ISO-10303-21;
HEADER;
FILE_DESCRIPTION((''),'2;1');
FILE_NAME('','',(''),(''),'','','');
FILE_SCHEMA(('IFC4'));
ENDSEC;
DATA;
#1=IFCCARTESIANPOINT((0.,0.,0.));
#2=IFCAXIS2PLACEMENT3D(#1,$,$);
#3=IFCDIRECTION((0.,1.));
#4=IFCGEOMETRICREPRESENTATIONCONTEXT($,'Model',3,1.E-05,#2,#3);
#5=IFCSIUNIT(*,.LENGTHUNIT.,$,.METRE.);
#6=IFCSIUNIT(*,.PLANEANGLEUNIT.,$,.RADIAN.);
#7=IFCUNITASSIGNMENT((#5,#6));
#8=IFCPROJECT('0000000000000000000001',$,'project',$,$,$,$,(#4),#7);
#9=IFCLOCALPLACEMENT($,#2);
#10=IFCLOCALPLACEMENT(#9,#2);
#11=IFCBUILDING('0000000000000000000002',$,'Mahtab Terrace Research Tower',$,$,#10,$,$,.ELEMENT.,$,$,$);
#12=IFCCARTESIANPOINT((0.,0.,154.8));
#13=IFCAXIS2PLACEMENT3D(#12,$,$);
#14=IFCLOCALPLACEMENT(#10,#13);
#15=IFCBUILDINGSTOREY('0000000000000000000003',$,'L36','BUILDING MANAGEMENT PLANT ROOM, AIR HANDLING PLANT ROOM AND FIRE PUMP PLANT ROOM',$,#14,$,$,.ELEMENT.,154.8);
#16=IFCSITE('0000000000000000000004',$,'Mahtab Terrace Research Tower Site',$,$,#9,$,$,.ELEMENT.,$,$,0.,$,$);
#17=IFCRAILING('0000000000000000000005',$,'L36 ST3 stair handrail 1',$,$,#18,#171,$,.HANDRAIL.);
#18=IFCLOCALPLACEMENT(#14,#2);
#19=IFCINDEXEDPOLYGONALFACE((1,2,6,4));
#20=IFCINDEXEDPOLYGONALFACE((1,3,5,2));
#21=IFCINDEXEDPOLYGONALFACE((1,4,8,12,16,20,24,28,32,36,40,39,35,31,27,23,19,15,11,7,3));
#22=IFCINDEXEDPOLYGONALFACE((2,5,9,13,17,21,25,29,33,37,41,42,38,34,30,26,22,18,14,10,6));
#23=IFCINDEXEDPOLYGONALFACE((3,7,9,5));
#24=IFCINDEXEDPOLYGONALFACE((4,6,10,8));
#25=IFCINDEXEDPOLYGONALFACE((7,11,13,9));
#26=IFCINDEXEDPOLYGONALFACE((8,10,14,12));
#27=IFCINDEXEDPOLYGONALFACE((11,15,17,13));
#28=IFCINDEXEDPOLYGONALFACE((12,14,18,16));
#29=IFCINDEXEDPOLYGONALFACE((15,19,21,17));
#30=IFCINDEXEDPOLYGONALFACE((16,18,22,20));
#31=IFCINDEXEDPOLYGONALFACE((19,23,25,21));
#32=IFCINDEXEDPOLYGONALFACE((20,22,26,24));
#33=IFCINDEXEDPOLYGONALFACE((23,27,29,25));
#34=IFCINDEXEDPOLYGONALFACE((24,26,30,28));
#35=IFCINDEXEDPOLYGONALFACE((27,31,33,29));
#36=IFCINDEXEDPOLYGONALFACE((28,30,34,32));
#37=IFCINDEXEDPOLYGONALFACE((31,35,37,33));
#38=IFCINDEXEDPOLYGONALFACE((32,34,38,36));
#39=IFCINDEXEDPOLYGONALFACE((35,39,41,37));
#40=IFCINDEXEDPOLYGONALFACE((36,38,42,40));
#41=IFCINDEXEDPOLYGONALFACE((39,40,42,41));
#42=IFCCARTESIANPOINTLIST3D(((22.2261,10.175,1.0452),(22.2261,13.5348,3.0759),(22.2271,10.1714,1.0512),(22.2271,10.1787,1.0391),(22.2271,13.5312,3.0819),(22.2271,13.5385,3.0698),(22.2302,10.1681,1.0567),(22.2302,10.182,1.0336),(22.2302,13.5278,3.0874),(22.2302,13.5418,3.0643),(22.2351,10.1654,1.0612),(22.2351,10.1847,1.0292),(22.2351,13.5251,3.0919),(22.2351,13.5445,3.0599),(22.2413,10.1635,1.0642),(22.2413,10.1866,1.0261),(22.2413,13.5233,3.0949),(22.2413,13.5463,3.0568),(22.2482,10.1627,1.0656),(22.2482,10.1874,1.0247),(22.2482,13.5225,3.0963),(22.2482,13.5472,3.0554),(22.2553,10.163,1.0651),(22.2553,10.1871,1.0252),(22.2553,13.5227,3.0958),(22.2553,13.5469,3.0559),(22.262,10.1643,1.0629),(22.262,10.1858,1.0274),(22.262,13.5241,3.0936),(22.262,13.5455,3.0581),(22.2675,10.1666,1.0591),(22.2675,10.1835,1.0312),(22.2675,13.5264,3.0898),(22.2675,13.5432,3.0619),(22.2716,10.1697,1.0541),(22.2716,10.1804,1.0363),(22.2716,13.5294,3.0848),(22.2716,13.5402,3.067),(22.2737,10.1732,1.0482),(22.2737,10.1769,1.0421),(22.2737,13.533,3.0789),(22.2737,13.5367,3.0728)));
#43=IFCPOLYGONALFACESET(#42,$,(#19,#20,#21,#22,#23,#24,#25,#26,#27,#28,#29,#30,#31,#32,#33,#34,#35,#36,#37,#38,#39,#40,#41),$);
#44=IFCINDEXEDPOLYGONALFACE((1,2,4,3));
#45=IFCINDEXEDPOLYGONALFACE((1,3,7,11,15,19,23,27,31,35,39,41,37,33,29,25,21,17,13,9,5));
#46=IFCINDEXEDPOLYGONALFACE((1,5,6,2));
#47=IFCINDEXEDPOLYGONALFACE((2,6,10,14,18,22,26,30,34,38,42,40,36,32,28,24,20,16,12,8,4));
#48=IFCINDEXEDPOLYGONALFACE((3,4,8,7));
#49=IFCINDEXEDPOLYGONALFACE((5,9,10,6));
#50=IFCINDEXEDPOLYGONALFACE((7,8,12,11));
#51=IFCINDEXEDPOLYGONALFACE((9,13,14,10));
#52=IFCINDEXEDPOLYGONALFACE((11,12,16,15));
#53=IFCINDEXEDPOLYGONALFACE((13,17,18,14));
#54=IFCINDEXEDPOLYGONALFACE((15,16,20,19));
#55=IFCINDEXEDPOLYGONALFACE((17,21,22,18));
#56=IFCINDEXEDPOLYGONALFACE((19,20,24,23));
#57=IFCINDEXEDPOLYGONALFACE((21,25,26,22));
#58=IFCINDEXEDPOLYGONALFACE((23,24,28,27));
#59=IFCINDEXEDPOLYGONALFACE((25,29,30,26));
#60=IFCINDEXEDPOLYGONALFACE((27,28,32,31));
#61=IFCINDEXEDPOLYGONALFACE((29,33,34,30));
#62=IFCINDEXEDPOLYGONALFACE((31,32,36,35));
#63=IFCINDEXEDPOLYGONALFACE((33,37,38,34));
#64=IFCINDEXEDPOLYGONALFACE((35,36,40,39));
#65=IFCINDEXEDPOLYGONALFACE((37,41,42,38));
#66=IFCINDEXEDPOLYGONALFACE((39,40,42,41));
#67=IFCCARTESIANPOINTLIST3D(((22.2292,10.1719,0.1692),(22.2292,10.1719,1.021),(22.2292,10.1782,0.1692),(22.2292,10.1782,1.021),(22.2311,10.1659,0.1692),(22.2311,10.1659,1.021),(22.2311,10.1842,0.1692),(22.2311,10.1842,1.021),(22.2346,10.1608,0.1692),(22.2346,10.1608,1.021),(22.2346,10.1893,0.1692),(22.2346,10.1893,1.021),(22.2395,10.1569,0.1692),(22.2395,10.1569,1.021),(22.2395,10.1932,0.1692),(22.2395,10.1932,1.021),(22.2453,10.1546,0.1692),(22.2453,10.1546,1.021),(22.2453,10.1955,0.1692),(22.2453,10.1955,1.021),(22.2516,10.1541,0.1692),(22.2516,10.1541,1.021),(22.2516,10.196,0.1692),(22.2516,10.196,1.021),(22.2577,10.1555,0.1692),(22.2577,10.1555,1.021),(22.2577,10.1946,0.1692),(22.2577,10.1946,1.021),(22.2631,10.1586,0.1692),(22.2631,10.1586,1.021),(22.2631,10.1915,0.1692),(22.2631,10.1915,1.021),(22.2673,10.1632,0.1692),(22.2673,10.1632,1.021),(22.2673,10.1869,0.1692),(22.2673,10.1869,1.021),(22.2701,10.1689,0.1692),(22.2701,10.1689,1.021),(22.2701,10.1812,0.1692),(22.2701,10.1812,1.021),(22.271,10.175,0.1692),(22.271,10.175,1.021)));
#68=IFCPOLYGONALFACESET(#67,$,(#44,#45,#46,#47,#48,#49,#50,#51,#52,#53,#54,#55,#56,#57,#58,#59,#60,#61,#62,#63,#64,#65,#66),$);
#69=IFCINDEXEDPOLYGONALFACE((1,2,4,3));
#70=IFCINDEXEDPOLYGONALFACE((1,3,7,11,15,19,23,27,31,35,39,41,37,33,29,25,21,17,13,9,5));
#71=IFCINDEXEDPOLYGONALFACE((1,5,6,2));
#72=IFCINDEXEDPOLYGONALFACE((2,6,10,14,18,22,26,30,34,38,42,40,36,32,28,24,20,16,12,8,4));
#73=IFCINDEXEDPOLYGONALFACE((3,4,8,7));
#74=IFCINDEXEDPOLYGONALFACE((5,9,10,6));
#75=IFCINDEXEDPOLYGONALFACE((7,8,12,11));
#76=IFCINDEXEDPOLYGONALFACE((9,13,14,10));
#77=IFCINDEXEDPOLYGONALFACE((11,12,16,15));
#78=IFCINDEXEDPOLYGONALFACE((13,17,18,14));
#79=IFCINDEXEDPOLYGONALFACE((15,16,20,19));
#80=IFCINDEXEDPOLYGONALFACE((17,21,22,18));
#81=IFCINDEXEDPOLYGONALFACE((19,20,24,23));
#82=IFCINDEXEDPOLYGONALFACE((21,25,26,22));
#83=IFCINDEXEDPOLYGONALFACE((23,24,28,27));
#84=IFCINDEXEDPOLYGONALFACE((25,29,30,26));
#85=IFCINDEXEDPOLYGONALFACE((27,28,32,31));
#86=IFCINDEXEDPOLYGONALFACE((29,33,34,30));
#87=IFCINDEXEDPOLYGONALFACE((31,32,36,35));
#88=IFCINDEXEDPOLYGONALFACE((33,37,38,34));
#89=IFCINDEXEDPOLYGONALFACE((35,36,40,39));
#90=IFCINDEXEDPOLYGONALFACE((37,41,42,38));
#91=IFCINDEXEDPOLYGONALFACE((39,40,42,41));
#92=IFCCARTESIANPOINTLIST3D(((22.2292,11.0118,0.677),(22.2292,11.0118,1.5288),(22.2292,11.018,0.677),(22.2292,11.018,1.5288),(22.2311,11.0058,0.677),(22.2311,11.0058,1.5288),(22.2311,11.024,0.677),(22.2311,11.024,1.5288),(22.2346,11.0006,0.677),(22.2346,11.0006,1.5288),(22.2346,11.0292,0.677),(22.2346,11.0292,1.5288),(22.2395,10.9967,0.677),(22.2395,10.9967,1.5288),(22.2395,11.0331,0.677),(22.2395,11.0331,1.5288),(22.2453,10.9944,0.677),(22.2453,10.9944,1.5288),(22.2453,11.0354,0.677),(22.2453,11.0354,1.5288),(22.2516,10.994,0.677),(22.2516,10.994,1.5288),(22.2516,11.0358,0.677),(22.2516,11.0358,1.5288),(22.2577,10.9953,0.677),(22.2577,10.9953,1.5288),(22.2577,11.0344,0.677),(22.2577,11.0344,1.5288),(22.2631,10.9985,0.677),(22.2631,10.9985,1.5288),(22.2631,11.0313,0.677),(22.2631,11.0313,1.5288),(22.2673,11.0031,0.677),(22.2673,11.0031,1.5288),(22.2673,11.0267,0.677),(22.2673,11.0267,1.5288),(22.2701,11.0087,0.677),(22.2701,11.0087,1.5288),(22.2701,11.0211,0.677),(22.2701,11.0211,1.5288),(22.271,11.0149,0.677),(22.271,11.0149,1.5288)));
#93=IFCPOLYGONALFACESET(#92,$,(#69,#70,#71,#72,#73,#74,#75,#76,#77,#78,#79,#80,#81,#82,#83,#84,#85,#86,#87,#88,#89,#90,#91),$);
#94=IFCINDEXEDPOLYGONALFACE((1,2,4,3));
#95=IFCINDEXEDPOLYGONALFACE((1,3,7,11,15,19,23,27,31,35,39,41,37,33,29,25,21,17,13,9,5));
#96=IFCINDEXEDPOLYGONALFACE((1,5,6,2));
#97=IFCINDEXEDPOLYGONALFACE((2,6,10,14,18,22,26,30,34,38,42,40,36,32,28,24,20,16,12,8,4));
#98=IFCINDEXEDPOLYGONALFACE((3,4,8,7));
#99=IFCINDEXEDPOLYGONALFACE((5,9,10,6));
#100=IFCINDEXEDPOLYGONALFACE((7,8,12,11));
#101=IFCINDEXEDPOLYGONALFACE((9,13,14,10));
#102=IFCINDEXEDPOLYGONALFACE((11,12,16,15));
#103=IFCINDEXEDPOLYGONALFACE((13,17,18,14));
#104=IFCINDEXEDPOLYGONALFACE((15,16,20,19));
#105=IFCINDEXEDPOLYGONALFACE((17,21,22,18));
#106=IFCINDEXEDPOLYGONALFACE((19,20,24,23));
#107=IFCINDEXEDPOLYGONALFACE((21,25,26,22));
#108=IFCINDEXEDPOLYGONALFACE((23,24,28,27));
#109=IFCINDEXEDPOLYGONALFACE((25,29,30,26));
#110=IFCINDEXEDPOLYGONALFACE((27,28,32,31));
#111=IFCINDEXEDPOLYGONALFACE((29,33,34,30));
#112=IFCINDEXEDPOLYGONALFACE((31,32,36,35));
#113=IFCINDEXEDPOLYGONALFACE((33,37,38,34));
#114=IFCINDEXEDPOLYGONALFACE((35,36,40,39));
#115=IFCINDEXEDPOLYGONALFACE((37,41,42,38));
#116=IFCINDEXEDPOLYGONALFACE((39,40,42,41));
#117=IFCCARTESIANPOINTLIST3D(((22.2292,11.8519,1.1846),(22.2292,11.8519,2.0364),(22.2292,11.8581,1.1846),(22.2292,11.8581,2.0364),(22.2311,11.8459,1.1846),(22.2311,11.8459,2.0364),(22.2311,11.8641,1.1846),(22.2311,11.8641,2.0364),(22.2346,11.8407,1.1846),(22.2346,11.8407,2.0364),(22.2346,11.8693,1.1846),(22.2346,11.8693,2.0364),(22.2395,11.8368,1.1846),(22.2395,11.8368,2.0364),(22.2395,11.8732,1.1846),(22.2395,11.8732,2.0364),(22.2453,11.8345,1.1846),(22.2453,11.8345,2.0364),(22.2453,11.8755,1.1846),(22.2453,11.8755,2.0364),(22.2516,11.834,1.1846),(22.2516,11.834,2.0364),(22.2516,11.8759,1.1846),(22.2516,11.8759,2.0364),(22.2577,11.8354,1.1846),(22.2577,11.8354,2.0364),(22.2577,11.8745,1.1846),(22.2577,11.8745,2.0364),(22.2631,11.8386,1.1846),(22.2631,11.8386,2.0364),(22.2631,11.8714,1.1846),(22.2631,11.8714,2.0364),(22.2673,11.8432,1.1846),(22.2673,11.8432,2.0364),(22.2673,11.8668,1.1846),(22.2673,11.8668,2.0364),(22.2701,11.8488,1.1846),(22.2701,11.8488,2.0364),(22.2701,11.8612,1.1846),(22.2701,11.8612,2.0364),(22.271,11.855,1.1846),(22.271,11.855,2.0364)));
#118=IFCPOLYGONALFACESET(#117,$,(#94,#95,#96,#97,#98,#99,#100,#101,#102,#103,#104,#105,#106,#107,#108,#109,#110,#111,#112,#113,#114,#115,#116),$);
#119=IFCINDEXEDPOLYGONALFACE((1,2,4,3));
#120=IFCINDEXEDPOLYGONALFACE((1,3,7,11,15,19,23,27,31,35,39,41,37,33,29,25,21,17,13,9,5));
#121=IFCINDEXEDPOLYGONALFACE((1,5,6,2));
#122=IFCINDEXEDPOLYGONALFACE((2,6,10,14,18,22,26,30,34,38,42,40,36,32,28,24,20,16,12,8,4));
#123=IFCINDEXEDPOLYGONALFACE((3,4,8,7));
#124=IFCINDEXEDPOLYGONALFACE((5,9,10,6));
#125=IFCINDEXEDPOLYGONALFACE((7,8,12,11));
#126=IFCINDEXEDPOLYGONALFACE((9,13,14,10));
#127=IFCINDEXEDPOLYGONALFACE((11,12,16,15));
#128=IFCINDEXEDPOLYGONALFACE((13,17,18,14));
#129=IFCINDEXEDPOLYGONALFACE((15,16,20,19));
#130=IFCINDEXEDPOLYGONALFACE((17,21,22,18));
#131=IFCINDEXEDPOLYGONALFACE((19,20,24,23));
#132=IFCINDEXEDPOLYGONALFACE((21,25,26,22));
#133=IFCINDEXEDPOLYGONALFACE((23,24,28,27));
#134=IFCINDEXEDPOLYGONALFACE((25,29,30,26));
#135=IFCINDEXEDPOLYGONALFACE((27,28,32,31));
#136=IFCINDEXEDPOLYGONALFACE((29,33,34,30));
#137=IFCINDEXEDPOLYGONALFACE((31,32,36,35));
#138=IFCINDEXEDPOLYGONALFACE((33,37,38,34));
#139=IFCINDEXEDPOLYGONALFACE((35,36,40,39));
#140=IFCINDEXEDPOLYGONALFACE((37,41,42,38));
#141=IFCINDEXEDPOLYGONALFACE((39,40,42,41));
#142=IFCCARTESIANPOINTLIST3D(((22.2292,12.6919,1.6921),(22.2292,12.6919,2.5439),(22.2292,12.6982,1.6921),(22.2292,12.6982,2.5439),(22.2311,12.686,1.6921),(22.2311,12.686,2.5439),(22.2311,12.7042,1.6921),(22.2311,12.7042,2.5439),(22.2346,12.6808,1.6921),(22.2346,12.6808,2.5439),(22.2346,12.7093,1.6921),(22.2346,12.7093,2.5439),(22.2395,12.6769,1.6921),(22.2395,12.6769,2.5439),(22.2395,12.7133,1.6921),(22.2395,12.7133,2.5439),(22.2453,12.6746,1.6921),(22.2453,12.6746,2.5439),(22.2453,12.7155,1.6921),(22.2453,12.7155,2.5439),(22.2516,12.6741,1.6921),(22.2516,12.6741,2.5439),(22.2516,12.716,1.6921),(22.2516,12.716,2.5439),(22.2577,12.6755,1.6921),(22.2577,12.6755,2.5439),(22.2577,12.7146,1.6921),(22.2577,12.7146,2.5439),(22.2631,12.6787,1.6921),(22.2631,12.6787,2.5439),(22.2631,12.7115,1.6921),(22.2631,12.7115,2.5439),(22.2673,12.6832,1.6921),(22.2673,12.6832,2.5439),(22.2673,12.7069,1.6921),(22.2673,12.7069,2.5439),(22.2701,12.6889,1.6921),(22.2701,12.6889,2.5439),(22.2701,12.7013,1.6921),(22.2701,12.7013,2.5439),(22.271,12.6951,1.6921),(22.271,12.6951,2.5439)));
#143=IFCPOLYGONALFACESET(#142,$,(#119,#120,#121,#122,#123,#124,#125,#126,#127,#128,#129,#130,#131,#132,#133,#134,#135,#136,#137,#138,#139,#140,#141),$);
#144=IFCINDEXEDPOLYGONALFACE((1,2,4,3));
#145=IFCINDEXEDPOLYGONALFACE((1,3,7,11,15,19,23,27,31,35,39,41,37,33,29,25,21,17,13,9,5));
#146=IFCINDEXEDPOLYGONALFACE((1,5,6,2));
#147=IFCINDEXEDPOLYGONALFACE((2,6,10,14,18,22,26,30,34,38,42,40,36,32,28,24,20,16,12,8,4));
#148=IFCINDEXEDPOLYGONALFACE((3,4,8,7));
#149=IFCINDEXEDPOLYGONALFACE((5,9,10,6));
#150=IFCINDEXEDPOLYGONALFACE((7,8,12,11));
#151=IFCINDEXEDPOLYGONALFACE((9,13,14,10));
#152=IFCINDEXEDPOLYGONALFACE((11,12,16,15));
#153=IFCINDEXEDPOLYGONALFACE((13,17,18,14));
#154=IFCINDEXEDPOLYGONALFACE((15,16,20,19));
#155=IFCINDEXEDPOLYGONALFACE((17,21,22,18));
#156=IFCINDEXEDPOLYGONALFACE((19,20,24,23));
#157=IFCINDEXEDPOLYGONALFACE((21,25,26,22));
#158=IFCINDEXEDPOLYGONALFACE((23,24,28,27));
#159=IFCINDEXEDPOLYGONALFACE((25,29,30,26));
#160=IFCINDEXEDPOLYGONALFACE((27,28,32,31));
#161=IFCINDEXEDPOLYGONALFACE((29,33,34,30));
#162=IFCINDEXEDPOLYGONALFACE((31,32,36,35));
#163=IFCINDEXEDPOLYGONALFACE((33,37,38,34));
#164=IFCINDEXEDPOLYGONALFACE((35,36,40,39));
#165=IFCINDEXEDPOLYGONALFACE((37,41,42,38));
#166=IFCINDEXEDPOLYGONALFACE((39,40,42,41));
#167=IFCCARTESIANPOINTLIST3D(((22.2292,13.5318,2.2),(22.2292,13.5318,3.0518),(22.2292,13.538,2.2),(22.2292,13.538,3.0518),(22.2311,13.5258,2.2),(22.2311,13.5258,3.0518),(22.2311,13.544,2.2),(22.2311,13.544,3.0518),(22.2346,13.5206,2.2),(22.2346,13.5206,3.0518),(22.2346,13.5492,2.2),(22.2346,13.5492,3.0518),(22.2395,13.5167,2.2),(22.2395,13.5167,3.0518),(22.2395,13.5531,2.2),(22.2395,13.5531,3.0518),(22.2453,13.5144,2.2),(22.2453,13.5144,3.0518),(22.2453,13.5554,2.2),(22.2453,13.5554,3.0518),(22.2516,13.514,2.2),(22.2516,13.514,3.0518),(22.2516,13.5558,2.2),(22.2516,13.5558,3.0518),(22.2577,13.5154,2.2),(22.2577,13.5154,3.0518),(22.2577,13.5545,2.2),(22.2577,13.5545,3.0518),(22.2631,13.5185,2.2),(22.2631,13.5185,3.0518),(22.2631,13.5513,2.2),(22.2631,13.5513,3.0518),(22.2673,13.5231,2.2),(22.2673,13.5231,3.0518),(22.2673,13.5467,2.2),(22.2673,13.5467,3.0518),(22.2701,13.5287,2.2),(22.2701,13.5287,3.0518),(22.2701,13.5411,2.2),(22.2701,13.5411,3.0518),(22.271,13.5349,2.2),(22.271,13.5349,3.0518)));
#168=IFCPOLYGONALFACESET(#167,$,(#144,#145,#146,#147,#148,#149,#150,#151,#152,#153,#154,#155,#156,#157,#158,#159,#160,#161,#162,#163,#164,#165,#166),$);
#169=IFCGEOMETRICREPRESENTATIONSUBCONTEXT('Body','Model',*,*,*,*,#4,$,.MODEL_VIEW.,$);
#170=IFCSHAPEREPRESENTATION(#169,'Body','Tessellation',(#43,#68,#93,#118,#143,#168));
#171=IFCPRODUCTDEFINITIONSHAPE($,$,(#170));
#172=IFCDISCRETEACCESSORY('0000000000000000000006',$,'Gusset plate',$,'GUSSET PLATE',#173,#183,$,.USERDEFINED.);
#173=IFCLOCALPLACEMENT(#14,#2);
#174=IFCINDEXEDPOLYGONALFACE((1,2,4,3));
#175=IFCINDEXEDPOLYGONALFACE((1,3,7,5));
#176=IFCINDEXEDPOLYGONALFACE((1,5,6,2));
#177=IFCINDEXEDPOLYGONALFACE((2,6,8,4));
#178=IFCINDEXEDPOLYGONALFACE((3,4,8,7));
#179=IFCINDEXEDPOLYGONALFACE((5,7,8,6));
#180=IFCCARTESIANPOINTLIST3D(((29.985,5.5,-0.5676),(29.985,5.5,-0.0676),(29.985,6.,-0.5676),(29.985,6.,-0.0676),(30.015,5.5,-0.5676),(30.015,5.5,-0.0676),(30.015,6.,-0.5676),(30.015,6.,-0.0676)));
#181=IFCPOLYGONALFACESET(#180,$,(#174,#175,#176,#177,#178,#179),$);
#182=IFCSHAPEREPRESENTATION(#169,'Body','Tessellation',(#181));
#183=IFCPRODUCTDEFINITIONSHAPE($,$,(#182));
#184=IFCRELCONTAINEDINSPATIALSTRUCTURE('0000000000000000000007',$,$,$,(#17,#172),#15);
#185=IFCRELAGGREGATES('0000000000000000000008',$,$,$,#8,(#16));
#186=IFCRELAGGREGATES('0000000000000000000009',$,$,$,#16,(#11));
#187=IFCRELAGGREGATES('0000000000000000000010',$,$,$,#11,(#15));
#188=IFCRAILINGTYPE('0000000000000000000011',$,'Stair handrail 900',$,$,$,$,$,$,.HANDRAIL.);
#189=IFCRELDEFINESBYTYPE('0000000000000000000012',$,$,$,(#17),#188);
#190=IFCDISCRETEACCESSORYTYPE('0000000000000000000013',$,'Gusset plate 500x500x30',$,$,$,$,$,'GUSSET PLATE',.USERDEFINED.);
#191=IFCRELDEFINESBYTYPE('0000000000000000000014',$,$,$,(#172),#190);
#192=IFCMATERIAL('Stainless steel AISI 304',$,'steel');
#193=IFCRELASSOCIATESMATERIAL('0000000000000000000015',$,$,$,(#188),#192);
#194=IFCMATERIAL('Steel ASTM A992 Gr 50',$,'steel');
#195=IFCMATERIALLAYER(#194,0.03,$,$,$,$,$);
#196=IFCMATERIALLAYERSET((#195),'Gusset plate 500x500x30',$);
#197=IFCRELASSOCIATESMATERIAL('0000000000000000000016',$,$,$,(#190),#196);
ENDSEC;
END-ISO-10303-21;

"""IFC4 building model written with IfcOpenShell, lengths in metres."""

from ifc_helpers import new_model, si_unit, direction, frame, origin, origin_2d, place, context, subcontext, project, spatial, rectangle, circle, extrude, material, layer, layer_set, type_object, element, save


model = new_model("IFC4")

# Units and contexts
model_context = context("Model", 3, precision=1e-05, world=origin(), true_north=direction((0.0, 1.0)))
body_context = subcontext(model_context, "Body", "Model", "MODEL_VIEW")
ifc_project = project(units=[si_unit("LENGTHUNIT", "METRE"), si_unit("PLANEANGLEUNIT", "RADIAN")], contexts=[model_context])

# Site, building, storey
site_placement = place(None, origin())
site = spatial("IfcSite", under=ifc_project, at=site_placement, Name="Mahtab Terrace Research Tower Site", CompositionType="ELEMENT", RefElevation=0.0)
building_placement = place(site_placement, origin())
building = spatial("IfcBuilding", under=site, at=building_placement, Name="Mahtab Terrace Research Tower", CompositionType="ELEMENT")
storey_placement = place(building_placement, frame((0.0, 0.0, 154.8)))
storey = spatial("IfcBuildingStorey", under=building, at=storey_placement, Name="L36", Description="BUILDING MANAGEMENT PLANT ROOM, AIR HANDLING PLANT ROOM AND FIRE PUMP PLANT ROOM", CompositionType="ELEMENT", Elevation=154.8)

# Shared definitions
ifc_material_1 = material(Name="Steel ASTM A992 Gr 50", Category="steel")

# Railing
ifc_material_2 = material(Name="Stainless steel AISI 304", Category="steel")
railing_type_1 = type_object("IfcRailingType", Name="Stair handrail 900", PredefinedType="HANDRAIL", material=ifc_material_2)
railing_1_placement = place(storey_placement, frame((22.25, 10.175, 0.1692)))
element("IfcRailing", 1, at=railing_1_placement, inside=storey, type_object=railing_type_1, Name="L36 ST3 stair handrail 1", PredefinedType="HANDRAIL", context=body_context, shape_type="SweptSolid", body=[
    extrude(circle(Radius=0.0239, at=origin_2d()), frame((0.0, 0.0, 0.876), z_axis=(0.0, 0.85582, 0.517273), x_axis=(-1.0, 0.0, 0.0)), (0.0, 0.0, 1.0), 3.9258),
    extrude(circle(Radius=0.021, at=origin_2d()), origin(), (0.0, 0.0, 1.0), 0.8518),
    extrude(circle(Radius=0.021, at=origin_2d()), frame((0.0, 0.8398, 0.5078)), (0.0, 0.0, 1.0), 0.8518),
    extrude(circle(Radius=0.021, at=origin_2d()), frame((0.0, 1.6799, 1.0154)), (0.0, 0.0, 1.0), 0.8518),
    extrude(circle(Radius=0.021, at=origin_2d()), frame((0.0, 2.52, 1.5229)), (0.0, 0.0, 1.0), 0.8518),
    extrude(circle(Radius=0.021, at=origin_2d()), frame((0.0, 3.3599, 2.0308)), (0.0, 0.0, 1.0), 0.8518),
])

# Discrete accessory
ifc_layer_1 = layer(ifc_material_1, 0.03)
ifc_layer_set_1 = layer_set([ifc_layer_1], Name="Gusset plate 500x500x30")
discrete_accessory_type = type_object("IfcDiscreteAccessoryType", Name="Gusset plate 500x500x30", ElementType="GUSSET PLATE", PredefinedType="USERDEFINED", material=ifc_layer_set_1)
discrete_accessory_placement = place(storey_placement, frame((30.0, 5.75, -0.5676), z_axis=(0.0, 0.0, 1.0), x_axis=(0.0, 1.0, 0.0)))
element("IfcDiscreteAccessory", 2, at=discrete_accessory_placement, inside=storey, type_object=discrete_accessory_type, Name="Gusset plate", ObjectType="GUSSET PLATE", PredefinedType="USERDEFINED", context=body_context, shape_type="SweptSolid", body=[
    extrude(rectangle(XDim=0.5, YDim=0.03, at=origin_2d()), origin(), (0.0, 0.0, 1.0), 0.5),
])

save(model, "model.ifc")
